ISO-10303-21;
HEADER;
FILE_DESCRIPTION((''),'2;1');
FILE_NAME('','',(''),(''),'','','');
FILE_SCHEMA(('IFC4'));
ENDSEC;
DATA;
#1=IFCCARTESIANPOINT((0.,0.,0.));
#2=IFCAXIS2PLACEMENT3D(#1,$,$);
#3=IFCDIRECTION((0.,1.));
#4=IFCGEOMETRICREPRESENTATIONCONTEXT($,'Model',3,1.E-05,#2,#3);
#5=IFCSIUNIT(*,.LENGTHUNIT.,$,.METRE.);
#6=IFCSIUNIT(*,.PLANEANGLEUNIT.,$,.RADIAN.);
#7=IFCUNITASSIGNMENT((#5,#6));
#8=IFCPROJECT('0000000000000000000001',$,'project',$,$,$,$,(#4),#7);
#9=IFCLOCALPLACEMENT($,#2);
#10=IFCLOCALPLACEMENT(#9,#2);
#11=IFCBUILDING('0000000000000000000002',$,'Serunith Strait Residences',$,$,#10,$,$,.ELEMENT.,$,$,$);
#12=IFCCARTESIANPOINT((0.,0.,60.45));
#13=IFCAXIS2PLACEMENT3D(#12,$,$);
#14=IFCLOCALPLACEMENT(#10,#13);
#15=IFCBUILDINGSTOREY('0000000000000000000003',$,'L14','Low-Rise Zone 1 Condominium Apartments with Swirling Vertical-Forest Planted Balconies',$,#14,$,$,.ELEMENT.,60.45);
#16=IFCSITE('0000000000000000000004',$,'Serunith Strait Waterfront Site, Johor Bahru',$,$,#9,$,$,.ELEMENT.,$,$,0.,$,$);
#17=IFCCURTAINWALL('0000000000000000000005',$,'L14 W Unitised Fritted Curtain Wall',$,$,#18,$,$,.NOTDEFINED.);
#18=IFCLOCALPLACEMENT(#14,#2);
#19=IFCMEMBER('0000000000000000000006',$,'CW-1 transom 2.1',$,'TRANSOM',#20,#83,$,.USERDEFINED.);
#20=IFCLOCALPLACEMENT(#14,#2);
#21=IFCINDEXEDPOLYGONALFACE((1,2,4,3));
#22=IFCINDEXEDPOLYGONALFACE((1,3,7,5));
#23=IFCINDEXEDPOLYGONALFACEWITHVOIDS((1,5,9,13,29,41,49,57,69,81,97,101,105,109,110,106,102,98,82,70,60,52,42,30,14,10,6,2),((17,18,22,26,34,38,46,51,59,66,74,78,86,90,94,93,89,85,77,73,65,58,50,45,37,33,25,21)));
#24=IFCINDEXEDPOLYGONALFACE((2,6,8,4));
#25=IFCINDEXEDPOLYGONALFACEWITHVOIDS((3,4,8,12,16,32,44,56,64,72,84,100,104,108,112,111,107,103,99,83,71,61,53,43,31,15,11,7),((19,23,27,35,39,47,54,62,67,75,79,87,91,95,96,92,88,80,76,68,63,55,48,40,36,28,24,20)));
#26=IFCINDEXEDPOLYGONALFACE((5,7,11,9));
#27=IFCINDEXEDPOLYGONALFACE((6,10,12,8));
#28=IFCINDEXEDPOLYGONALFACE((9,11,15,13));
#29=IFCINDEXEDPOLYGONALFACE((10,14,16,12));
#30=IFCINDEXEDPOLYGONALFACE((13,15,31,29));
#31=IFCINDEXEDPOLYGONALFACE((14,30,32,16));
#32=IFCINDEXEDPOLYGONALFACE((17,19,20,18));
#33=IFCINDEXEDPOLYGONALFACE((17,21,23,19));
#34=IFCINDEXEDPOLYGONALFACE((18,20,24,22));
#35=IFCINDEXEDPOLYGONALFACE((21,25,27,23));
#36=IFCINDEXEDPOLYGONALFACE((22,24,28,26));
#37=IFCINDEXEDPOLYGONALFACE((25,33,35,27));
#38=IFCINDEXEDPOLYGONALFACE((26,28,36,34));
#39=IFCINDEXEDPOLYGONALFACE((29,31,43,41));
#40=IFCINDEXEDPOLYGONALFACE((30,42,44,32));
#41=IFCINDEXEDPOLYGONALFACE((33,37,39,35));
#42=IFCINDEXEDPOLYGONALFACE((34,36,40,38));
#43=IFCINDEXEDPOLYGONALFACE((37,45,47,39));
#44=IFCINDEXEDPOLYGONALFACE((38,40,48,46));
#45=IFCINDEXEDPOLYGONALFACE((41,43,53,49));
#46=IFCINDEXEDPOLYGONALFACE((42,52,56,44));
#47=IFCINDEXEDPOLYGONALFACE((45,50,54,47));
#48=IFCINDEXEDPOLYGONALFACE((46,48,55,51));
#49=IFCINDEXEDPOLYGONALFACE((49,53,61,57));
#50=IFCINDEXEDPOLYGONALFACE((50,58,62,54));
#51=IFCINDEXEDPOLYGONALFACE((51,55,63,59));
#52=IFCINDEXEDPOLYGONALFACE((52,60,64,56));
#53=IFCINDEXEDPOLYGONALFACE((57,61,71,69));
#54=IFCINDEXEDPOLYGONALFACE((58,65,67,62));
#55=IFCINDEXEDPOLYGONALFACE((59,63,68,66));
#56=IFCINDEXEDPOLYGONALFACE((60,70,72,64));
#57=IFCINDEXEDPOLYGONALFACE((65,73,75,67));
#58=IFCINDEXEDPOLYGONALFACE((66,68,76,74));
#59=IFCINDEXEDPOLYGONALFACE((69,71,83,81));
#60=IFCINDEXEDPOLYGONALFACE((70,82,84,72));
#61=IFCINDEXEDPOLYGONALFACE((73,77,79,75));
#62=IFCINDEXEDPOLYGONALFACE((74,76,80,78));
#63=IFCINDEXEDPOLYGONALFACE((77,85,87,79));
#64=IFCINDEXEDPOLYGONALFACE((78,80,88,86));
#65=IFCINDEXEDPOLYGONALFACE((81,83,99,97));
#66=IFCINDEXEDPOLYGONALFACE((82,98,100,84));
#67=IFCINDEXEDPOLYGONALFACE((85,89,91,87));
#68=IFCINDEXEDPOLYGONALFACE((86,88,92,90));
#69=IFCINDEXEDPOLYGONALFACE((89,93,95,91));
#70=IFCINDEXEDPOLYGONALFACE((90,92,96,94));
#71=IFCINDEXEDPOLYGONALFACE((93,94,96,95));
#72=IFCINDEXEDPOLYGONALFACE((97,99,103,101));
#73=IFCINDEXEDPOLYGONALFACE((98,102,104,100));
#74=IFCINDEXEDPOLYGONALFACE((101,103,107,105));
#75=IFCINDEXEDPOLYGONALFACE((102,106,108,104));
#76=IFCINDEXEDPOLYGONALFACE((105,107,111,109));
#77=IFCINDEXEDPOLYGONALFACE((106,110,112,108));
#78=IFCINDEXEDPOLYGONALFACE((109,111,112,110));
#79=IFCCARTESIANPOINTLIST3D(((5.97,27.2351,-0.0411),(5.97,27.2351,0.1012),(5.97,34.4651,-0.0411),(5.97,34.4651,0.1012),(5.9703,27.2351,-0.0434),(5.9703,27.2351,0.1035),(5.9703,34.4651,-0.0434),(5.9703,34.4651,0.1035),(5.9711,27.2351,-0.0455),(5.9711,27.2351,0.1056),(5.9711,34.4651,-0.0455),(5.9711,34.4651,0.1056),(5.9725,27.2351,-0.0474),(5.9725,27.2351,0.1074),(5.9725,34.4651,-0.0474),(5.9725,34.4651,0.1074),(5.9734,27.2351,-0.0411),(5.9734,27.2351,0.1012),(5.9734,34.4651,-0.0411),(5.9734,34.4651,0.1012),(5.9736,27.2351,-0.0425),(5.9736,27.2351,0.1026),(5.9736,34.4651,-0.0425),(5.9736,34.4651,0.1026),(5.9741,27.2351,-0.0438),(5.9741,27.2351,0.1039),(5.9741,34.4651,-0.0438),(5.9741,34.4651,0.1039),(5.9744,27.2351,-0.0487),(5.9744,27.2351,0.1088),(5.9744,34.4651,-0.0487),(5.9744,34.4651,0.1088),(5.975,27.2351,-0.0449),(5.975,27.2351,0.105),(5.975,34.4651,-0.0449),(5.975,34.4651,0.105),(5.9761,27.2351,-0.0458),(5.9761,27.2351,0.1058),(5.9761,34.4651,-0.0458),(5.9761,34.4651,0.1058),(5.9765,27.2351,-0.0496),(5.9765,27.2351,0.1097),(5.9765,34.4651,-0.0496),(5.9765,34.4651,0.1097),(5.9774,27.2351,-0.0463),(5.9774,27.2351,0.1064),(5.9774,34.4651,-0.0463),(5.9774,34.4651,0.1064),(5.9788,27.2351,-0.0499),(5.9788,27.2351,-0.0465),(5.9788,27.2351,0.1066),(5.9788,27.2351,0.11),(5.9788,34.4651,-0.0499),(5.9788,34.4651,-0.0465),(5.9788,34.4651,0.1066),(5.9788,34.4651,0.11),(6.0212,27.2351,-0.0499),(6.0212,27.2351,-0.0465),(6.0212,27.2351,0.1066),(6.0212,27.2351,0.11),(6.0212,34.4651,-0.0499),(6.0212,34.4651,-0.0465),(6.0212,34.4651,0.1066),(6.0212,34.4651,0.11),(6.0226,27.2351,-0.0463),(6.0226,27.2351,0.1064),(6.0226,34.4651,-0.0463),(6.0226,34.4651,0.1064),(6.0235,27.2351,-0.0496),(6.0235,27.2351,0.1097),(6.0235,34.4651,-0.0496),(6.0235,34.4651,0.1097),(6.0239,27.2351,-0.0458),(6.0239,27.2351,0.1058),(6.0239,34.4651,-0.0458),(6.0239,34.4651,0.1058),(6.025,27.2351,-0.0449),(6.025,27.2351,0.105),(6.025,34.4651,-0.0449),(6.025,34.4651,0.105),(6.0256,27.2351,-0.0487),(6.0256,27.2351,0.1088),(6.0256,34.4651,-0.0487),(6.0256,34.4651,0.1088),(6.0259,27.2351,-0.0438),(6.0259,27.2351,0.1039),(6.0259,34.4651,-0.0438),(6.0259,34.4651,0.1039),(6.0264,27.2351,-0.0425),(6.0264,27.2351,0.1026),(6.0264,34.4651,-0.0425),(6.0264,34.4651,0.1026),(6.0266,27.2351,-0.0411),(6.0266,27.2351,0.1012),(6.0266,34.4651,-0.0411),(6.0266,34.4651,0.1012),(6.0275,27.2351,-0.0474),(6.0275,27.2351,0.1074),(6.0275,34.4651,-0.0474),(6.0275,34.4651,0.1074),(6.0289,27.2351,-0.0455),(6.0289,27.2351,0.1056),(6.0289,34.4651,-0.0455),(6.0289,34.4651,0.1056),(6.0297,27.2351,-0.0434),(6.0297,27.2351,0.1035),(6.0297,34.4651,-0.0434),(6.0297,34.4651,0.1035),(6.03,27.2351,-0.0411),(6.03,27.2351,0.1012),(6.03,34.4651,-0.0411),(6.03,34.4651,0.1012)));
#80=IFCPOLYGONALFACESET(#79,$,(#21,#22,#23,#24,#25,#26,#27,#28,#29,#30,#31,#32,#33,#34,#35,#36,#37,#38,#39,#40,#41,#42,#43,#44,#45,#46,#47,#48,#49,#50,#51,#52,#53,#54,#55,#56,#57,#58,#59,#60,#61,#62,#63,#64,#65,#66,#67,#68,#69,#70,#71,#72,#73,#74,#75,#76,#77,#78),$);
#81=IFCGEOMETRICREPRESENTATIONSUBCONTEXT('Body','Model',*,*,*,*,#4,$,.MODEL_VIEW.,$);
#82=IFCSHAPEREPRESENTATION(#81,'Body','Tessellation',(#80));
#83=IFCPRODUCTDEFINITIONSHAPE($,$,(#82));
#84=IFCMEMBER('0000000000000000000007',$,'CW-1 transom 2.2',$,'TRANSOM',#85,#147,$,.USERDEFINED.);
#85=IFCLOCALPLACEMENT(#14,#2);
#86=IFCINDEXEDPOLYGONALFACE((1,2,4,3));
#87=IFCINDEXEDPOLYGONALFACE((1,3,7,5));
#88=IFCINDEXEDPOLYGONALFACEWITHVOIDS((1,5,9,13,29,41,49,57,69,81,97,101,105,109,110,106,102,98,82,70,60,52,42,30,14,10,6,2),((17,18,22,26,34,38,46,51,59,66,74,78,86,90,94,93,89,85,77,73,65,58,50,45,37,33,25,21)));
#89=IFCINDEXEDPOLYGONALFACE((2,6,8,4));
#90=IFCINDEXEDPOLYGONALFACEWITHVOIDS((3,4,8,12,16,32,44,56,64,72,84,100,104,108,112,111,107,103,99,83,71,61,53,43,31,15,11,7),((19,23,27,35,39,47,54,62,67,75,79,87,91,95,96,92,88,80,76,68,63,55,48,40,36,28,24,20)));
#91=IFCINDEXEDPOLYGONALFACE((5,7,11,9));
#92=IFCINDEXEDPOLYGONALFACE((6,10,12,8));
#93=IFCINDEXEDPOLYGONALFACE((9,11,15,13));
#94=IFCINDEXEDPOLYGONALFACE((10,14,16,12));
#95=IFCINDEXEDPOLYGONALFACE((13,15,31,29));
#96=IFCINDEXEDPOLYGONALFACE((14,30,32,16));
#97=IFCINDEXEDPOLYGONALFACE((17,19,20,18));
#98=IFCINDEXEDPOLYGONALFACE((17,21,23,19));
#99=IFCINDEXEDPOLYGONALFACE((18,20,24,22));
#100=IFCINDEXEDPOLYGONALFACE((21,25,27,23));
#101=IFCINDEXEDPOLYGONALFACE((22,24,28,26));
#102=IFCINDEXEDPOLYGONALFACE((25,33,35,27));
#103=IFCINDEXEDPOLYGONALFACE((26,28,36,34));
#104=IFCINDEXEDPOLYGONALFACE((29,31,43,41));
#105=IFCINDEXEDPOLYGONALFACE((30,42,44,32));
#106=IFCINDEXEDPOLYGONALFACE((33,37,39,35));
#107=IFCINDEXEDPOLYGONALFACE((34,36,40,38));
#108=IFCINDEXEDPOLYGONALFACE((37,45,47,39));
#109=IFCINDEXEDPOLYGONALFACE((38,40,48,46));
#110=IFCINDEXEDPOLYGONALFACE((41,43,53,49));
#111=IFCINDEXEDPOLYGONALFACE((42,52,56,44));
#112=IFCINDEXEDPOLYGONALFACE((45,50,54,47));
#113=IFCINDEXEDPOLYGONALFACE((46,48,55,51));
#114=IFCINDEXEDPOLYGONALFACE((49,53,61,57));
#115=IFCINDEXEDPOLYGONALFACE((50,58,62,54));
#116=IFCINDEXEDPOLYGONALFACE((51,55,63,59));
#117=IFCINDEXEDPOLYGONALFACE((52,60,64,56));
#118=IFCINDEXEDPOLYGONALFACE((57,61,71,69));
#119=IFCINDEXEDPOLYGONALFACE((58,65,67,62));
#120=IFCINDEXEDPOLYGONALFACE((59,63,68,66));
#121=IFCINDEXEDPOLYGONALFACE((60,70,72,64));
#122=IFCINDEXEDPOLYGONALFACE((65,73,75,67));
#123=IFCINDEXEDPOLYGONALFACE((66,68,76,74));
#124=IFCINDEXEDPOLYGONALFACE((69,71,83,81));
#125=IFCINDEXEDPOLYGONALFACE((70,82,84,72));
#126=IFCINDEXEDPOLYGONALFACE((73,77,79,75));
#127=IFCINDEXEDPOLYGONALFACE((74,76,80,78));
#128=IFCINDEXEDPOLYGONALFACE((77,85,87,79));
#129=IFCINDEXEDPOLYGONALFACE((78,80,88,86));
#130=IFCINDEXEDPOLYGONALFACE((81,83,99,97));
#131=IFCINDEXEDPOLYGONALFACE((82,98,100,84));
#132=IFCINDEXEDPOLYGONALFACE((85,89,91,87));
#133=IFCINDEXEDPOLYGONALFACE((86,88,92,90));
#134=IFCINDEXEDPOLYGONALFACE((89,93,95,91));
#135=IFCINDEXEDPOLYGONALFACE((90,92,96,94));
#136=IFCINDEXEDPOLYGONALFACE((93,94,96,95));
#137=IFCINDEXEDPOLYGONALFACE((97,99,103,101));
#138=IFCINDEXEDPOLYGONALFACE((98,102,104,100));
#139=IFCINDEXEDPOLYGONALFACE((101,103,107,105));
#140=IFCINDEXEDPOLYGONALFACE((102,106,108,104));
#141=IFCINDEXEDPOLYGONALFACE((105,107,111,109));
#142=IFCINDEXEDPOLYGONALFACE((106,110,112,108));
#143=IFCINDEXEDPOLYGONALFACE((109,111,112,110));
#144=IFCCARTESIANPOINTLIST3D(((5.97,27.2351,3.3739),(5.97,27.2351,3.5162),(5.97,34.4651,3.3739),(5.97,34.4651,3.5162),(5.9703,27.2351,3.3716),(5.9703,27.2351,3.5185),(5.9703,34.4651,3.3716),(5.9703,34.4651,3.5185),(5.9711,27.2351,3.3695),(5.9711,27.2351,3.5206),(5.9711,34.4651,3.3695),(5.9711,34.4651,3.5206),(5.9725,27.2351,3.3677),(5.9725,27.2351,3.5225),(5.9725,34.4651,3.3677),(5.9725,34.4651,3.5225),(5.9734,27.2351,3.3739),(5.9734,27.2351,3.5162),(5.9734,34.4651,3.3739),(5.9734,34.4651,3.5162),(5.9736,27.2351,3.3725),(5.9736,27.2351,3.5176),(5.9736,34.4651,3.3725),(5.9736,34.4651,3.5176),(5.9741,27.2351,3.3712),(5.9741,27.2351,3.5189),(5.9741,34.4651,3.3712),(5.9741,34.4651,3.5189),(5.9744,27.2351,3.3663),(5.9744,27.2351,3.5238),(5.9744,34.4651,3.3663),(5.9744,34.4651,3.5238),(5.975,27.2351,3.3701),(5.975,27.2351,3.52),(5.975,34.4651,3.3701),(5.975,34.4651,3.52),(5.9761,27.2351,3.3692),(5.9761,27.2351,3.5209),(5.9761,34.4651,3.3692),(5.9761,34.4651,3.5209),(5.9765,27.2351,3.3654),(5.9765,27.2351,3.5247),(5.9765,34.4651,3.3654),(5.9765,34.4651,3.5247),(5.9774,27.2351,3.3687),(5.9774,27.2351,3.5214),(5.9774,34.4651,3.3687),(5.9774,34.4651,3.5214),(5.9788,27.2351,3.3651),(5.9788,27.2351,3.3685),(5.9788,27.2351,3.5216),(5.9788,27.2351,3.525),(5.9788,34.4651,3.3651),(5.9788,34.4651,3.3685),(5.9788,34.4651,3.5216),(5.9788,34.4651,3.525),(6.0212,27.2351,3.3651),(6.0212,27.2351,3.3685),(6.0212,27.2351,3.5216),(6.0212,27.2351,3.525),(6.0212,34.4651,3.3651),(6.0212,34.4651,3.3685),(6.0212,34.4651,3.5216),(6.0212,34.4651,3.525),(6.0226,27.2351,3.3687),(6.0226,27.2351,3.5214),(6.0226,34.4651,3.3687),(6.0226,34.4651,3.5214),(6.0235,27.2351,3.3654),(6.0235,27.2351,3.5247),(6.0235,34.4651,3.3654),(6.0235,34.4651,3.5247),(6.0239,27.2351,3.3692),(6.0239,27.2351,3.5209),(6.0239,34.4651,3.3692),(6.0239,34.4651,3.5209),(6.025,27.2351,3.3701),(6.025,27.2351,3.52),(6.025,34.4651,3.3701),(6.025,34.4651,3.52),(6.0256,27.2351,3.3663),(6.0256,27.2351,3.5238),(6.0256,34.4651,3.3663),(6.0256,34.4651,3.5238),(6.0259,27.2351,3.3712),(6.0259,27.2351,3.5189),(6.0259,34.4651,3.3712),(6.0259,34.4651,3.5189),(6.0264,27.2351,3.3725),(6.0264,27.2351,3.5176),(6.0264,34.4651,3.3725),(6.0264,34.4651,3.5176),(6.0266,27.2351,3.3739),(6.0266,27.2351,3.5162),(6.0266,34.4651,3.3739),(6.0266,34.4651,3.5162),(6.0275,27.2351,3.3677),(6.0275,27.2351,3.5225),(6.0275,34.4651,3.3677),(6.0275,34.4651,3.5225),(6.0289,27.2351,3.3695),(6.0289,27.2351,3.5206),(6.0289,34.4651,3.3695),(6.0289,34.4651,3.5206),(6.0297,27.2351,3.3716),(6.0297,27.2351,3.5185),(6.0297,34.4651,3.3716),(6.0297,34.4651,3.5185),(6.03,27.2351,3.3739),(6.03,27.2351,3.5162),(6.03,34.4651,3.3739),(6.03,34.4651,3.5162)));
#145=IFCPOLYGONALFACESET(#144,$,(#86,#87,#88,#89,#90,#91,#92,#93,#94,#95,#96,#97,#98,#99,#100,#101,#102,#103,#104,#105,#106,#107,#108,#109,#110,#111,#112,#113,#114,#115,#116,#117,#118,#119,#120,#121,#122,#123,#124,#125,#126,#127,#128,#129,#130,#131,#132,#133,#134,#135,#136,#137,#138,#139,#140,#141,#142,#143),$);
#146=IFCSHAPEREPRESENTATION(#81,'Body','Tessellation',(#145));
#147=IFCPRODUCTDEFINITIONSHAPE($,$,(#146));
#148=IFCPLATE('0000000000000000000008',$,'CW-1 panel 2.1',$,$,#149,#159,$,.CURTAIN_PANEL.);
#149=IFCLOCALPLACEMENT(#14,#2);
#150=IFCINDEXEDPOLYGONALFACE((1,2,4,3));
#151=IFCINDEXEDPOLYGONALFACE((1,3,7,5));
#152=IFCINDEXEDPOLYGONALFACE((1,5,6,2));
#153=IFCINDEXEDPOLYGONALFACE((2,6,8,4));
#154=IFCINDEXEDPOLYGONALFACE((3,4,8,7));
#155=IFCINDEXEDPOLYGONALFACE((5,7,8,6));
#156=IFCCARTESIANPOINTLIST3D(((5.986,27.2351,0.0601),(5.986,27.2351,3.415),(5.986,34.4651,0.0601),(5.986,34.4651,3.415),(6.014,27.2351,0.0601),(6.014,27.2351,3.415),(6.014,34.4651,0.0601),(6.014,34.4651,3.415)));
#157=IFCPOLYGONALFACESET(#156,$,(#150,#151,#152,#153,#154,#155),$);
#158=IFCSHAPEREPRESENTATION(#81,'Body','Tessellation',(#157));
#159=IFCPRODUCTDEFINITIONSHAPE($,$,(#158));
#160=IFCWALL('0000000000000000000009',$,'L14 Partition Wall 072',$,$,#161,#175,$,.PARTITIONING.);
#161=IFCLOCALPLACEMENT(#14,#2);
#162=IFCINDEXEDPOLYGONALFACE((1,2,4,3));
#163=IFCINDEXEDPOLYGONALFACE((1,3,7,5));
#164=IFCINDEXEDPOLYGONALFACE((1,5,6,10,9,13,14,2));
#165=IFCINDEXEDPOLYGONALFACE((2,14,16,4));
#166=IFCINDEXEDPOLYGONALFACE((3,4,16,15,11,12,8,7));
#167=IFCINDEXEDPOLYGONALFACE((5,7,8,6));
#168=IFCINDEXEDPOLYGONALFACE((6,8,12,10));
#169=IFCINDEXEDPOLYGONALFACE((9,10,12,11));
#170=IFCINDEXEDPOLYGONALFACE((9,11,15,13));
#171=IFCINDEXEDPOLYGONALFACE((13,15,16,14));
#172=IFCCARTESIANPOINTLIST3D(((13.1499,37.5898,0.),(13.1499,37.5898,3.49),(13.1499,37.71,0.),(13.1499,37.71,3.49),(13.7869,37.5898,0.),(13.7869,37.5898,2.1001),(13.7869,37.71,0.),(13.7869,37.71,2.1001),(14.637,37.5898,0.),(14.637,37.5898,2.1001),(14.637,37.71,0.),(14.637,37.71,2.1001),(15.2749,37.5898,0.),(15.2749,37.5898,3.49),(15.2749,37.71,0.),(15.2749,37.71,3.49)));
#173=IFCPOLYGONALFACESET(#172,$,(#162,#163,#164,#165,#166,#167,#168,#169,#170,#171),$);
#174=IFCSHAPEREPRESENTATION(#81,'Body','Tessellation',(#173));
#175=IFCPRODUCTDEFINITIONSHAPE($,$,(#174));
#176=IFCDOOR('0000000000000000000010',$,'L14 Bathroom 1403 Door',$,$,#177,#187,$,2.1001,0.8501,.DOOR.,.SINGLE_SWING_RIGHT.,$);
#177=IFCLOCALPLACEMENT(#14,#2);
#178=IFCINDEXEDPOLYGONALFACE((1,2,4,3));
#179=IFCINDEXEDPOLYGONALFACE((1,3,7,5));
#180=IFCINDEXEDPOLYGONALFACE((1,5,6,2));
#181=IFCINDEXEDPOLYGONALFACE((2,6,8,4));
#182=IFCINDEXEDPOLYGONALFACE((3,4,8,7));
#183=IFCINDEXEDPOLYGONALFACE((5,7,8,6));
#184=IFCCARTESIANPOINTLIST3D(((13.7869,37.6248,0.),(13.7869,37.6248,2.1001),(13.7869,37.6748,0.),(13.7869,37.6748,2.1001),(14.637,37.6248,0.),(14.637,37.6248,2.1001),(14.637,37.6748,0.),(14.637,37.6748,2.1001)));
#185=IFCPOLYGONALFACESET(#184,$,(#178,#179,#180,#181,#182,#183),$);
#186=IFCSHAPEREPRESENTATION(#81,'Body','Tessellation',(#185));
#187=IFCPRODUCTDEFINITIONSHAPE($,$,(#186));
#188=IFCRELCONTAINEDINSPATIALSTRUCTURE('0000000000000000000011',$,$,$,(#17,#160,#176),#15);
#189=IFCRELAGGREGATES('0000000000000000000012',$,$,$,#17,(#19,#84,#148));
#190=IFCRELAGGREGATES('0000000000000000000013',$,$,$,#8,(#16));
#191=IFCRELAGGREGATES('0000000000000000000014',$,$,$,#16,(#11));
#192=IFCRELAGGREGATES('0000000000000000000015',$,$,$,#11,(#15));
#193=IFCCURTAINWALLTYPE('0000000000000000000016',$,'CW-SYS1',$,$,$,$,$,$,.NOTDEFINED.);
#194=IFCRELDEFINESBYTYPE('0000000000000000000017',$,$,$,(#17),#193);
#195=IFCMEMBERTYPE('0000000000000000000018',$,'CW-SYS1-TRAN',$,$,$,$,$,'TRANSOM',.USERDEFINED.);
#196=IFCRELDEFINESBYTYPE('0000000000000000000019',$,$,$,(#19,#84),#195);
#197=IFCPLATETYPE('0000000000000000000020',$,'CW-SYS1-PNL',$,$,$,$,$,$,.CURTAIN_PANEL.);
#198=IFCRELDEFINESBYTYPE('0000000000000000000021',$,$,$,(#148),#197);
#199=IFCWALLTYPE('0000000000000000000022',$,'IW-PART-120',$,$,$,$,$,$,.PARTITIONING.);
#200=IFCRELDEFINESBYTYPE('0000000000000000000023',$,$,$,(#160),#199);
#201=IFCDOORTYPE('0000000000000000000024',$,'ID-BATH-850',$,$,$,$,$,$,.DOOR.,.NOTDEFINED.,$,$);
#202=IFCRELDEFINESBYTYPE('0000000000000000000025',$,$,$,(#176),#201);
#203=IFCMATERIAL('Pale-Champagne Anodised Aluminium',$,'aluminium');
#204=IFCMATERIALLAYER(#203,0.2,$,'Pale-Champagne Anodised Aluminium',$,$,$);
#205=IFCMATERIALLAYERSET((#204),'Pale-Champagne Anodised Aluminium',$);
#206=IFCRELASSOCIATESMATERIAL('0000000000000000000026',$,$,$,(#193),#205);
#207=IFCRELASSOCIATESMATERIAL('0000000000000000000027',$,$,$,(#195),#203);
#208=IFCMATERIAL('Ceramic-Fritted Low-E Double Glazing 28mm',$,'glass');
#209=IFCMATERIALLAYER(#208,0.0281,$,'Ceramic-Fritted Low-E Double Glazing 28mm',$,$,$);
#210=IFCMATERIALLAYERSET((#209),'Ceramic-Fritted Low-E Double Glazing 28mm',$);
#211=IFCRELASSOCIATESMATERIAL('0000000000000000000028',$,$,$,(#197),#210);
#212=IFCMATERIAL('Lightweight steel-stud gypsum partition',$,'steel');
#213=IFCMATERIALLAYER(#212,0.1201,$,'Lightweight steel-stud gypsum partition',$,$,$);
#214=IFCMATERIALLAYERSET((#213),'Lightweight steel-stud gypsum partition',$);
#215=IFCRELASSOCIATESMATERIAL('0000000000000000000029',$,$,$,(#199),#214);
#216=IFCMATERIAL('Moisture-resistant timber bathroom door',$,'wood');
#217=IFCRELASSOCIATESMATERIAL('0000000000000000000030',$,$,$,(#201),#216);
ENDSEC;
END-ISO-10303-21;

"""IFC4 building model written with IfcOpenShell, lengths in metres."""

from ifc_helpers import new_model, si_unit, direction, frame, frame_2d, origin, origin_2d, place, context, subcontext, project, spatial, rectangle, hollow_rectangle, extrude, source, transform, mapped, material, layer, layer_set, material_profile, profile_set, type_object, element, fill, aggregate, save


model = new_model("IFC4")

# Units and contexts
model_context = context("Model", 3, precision=1e-05, world=origin(), true_north=direction((0.0, 1.0)))
body_context = subcontext(model_context, "Body", "Model", "MODEL_VIEW")
ifc_project = project(units=[si_unit("LENGTHUNIT", "METRE"), si_unit("PLANEANGLEUNIT", "RADIAN")], contexts=[model_context])

# Site, building, storey
site_placement = place(None, origin())
site = spatial("IfcSite", under=ifc_project, at=site_placement, Name="Serunith Strait Waterfront Site, Johor Bahru", CompositionType="ELEMENT", RefElevation=0.0)
building_placement = place(site_placement, origin())
building = spatial("IfcBuilding", under=site, at=building_placement, Name="Serunith Strait Residences", CompositionType="ELEMENT")
storey_placement = place(building_placement, frame((0.0, 0.0, 60.45)))
storey = spatial("IfcBuildingStorey", under=building, at=storey_placement, Name="L14", Description="Low-Rise Zone 1 Condominium Apartments with Swirling Vertical-Forest Planted Balconies", CompositionType="ELEMENT", Elevation=60.45)

# Curtain wall, members, plate
ifc_material_1 = material(Name="Pale-Champagne Anodised Aluminium", Category="aluminium")
ifc_layer_1 = layer(ifc_material_1, 0.2, Name="Pale-Champagne Anodised Aluminium")
ifc_layer_set_1 = layer_set([ifc_layer_1], Name="Pale-Champagne Anodised Aluminium")
curtain_wall_type = type_object("IfcCurtainWallType", Name="CW-SYS1", PredefinedType="NOTDEFINED", material=ifc_layer_set_1)
curtain_wall_placement = place(storey_placement, origin())
curtain_wall = element("IfcCurtainWall", 1, at=curtain_wall_placement, inside=storey, type_object=curtain_wall_type, Name="L14 W Unitised Fritted Curtain Wall", PredefinedType="NOTDEFINED")
ifc_material_profile_1 = material_profile(ifc_material_1, hollow_rectangle(XDim=0.0601, YDim=0.1599, WallThickness=0.0034, InnerFilletRadius=0.0054, OuterFilletRadius=0.0088, at=origin_2d()), Name="ALU 160x60x3.5")
ifc_profile_set_1 = profile_set([ifc_material_profile_1], Name="Pale-Champagne Anodised Aluminium")
member_type_1 = type_object("IfcMemberType", Name="CW-SYS1-TRAN", ElementType="TRANSOM", PredefinedType="USERDEFINED", material=ifc_profile_set_1)
shared_shape_1 = source(origin(), body_context, "Body", "SweptSolid", [
    extrude(hollow_rectangle(XDim=0.0601, YDim=0.1599, WallThickness=0.0034, InnerFilletRadius=0.0054, OuterFilletRadius=0.0088, at=origin_2d()), origin(), (0.0, 0.0, 1.0), 7.23),
])
member_1_placement = place(storey_placement, frame((6.0, 34.4651, 0.03), z_axis=(0.0, -1.0, 0.0), x_axis=(1.0, 0.0, 0.0)))
member_1 = element("IfcMember", 2, at=member_1_placement, type_object=member_type_1, Name="CW-1 transom 2.1", ObjectType="TRANSOM", PredefinedType="USERDEFINED", context=body_context, shape_type="MappedRepresentation", body=[
    mapped(shared_shape_1, transform((0.0, 0.0, 0.0), scale=1.0)),
])
member_2_placement = place(storey_placement, frame((6.0, 34.4651, 3.4451), z_axis=(0.0, -1.0, 0.0), x_axis=(1.0, 0.0, 0.0)))
member_2 = element("IfcMember", 3, at=member_2_placement, type_object=member_type_1, Name="CW-1 transom 2.2", ObjectType="TRANSOM", PredefinedType="USERDEFINED", context=body_context, shape_type="MappedRepresentation", body=[
    mapped(shared_shape_1, transform((0.0, 0.0, 0.0), scale=1.0)),
])
ifc_material_2 = material(Name="Ceramic-Fritted Low-E Double Glazing 28mm", Category="glass")
ifc_layer_2 = layer(ifc_material_2, 0.0281, Name="Ceramic-Fritted Low-E Double Glazing 28mm")
ifc_layer_set_2 = layer_set([ifc_layer_2], Name="Ceramic-Fritted Low-E Double Glazing 28mm")
plate_type = type_object("IfcPlateType", Name="CW-SYS1-PNL", PredefinedType="CURTAIN_PANEL", material=ifc_layer_set_2)
shared_shape_2 = source(origin(), body_context, "Body", "SweptSolid", [
    extrude(rectangle(XDim=7.23, YDim=0.0281, at=origin_2d()), origin(), (0.0, 0.0, 1.0), 3.355),
])
plate_placement = place(storey_placement, frame((6.0, 30.8501, 0.0601), z_axis=(0.0, 0.0, 1.0), x_axis=(0.0, -1.0, 0.0)))
plate = element("IfcPlate", 4, at=plate_placement, type_object=plate_type, Name="CW-1 panel 2.1", PredefinedType="CURTAIN_PANEL", context=body_context, shape_type="MappedRepresentation", body=[
    mapped(shared_shape_2, transform((0.0, 0.0, 0.0), scale=1.0)),
])
aggregate(curtain_wall, [member_1, member_2, plate])

# Wall, opening, door
ifc_material_3 = material(Name="Lightweight steel-stud gypsum partition", Category="steel")
ifc_layer_3 = layer(ifc_material_3, 0.1201, Name="Lightweight steel-stud gypsum partition")
ifc_layer_set_3 = layer_set([ifc_layer_3], Name="Lightweight steel-stud gypsum partition")
wall_type_1 = type_object("IfcWallType", Name="IW-PART-120", PredefinedType="PARTITIONING", material=ifc_layer_set_3)
wall_1_placement = place(storey_placement, frame((13.1499, 37.6499, 0.0), z_axis=(0.0, 0.0, 1.0), x_axis=(1.0, 0.0, 0.0)))
wall_1 = element("IfcWall", 5, at=wall_1_placement, inside=storey, type_object=wall_type_1, Name="L14 Partition Wall 072", PredefinedType="PARTITIONING", context=body_context, shape_type="SweptSolid", body=[
    extrude(rectangle(XDim=2.125, YDim=0.1201, at=frame_2d((1.0625, 0.0))), origin(), (0.0, 0.0, 1.0), 3.49),
])
opening_1_placement = place(wall_1_placement, frame((0.637, 0.0, 0.0)))
opening_1 = element("IfcOpeningElement", 6, at=opening_1_placement, cuts=wall_1, PredefinedType="OPENING", context=body_context, shape_type="SweptSolid", body=[
    extrude(rectangle(XDim=0.8501, YDim=2.1001, at=frame_2d((0.425, 1.05))), frame((0.0, 0.0701, 0.0), z_axis=(0.0, -1.0, 0.0), x_axis=(1.0, 0.0, 0.0)), (0.0, 0.0, 1.0), 0.1401),
])
ifc_material_4 = material(Name="Moisture-resistant timber bathroom door", Category="wood")
door_type_1 = type_object("IfcDoorType", Name="ID-BATH-850", OperationType="NOTDEFINED", PredefinedType="DOOR", material=ifc_material_4)
shared_shape_3 = source(origin(), body_context, "Body", "SweptSolid", [
    extrude(rectangle(XDim=0.8501, YDim=2.1001, at=frame_2d((0.425, 1.05))), frame((0.0, 0.0249, 0.0), z_axis=(0.0, -1.0, 0.0), x_axis=(1.0, 0.0, 0.0)), (0.0, 0.0, 1.0), 0.05),
])
door_1_placement = place(opening_1_placement, origin())
door_1 = element("IfcDoor", 7, at=door_1_placement, inside=storey, type_object=door_type_1, Name="L14 Bathroom 1403 Door", OperationType="SINGLE_SWING_RIGHT", OverallHeight=2.1001, OverallWidth=0.8501, PredefinedType="DOOR", context=body_context, shape_type="MappedRepresentation", body=[
    mapped(shared_shape_3, transform((0.0, 0.0, 0.0), scale=1.0)),
])
fill(opening_1, door_1)

save(model, "model.ifc")
